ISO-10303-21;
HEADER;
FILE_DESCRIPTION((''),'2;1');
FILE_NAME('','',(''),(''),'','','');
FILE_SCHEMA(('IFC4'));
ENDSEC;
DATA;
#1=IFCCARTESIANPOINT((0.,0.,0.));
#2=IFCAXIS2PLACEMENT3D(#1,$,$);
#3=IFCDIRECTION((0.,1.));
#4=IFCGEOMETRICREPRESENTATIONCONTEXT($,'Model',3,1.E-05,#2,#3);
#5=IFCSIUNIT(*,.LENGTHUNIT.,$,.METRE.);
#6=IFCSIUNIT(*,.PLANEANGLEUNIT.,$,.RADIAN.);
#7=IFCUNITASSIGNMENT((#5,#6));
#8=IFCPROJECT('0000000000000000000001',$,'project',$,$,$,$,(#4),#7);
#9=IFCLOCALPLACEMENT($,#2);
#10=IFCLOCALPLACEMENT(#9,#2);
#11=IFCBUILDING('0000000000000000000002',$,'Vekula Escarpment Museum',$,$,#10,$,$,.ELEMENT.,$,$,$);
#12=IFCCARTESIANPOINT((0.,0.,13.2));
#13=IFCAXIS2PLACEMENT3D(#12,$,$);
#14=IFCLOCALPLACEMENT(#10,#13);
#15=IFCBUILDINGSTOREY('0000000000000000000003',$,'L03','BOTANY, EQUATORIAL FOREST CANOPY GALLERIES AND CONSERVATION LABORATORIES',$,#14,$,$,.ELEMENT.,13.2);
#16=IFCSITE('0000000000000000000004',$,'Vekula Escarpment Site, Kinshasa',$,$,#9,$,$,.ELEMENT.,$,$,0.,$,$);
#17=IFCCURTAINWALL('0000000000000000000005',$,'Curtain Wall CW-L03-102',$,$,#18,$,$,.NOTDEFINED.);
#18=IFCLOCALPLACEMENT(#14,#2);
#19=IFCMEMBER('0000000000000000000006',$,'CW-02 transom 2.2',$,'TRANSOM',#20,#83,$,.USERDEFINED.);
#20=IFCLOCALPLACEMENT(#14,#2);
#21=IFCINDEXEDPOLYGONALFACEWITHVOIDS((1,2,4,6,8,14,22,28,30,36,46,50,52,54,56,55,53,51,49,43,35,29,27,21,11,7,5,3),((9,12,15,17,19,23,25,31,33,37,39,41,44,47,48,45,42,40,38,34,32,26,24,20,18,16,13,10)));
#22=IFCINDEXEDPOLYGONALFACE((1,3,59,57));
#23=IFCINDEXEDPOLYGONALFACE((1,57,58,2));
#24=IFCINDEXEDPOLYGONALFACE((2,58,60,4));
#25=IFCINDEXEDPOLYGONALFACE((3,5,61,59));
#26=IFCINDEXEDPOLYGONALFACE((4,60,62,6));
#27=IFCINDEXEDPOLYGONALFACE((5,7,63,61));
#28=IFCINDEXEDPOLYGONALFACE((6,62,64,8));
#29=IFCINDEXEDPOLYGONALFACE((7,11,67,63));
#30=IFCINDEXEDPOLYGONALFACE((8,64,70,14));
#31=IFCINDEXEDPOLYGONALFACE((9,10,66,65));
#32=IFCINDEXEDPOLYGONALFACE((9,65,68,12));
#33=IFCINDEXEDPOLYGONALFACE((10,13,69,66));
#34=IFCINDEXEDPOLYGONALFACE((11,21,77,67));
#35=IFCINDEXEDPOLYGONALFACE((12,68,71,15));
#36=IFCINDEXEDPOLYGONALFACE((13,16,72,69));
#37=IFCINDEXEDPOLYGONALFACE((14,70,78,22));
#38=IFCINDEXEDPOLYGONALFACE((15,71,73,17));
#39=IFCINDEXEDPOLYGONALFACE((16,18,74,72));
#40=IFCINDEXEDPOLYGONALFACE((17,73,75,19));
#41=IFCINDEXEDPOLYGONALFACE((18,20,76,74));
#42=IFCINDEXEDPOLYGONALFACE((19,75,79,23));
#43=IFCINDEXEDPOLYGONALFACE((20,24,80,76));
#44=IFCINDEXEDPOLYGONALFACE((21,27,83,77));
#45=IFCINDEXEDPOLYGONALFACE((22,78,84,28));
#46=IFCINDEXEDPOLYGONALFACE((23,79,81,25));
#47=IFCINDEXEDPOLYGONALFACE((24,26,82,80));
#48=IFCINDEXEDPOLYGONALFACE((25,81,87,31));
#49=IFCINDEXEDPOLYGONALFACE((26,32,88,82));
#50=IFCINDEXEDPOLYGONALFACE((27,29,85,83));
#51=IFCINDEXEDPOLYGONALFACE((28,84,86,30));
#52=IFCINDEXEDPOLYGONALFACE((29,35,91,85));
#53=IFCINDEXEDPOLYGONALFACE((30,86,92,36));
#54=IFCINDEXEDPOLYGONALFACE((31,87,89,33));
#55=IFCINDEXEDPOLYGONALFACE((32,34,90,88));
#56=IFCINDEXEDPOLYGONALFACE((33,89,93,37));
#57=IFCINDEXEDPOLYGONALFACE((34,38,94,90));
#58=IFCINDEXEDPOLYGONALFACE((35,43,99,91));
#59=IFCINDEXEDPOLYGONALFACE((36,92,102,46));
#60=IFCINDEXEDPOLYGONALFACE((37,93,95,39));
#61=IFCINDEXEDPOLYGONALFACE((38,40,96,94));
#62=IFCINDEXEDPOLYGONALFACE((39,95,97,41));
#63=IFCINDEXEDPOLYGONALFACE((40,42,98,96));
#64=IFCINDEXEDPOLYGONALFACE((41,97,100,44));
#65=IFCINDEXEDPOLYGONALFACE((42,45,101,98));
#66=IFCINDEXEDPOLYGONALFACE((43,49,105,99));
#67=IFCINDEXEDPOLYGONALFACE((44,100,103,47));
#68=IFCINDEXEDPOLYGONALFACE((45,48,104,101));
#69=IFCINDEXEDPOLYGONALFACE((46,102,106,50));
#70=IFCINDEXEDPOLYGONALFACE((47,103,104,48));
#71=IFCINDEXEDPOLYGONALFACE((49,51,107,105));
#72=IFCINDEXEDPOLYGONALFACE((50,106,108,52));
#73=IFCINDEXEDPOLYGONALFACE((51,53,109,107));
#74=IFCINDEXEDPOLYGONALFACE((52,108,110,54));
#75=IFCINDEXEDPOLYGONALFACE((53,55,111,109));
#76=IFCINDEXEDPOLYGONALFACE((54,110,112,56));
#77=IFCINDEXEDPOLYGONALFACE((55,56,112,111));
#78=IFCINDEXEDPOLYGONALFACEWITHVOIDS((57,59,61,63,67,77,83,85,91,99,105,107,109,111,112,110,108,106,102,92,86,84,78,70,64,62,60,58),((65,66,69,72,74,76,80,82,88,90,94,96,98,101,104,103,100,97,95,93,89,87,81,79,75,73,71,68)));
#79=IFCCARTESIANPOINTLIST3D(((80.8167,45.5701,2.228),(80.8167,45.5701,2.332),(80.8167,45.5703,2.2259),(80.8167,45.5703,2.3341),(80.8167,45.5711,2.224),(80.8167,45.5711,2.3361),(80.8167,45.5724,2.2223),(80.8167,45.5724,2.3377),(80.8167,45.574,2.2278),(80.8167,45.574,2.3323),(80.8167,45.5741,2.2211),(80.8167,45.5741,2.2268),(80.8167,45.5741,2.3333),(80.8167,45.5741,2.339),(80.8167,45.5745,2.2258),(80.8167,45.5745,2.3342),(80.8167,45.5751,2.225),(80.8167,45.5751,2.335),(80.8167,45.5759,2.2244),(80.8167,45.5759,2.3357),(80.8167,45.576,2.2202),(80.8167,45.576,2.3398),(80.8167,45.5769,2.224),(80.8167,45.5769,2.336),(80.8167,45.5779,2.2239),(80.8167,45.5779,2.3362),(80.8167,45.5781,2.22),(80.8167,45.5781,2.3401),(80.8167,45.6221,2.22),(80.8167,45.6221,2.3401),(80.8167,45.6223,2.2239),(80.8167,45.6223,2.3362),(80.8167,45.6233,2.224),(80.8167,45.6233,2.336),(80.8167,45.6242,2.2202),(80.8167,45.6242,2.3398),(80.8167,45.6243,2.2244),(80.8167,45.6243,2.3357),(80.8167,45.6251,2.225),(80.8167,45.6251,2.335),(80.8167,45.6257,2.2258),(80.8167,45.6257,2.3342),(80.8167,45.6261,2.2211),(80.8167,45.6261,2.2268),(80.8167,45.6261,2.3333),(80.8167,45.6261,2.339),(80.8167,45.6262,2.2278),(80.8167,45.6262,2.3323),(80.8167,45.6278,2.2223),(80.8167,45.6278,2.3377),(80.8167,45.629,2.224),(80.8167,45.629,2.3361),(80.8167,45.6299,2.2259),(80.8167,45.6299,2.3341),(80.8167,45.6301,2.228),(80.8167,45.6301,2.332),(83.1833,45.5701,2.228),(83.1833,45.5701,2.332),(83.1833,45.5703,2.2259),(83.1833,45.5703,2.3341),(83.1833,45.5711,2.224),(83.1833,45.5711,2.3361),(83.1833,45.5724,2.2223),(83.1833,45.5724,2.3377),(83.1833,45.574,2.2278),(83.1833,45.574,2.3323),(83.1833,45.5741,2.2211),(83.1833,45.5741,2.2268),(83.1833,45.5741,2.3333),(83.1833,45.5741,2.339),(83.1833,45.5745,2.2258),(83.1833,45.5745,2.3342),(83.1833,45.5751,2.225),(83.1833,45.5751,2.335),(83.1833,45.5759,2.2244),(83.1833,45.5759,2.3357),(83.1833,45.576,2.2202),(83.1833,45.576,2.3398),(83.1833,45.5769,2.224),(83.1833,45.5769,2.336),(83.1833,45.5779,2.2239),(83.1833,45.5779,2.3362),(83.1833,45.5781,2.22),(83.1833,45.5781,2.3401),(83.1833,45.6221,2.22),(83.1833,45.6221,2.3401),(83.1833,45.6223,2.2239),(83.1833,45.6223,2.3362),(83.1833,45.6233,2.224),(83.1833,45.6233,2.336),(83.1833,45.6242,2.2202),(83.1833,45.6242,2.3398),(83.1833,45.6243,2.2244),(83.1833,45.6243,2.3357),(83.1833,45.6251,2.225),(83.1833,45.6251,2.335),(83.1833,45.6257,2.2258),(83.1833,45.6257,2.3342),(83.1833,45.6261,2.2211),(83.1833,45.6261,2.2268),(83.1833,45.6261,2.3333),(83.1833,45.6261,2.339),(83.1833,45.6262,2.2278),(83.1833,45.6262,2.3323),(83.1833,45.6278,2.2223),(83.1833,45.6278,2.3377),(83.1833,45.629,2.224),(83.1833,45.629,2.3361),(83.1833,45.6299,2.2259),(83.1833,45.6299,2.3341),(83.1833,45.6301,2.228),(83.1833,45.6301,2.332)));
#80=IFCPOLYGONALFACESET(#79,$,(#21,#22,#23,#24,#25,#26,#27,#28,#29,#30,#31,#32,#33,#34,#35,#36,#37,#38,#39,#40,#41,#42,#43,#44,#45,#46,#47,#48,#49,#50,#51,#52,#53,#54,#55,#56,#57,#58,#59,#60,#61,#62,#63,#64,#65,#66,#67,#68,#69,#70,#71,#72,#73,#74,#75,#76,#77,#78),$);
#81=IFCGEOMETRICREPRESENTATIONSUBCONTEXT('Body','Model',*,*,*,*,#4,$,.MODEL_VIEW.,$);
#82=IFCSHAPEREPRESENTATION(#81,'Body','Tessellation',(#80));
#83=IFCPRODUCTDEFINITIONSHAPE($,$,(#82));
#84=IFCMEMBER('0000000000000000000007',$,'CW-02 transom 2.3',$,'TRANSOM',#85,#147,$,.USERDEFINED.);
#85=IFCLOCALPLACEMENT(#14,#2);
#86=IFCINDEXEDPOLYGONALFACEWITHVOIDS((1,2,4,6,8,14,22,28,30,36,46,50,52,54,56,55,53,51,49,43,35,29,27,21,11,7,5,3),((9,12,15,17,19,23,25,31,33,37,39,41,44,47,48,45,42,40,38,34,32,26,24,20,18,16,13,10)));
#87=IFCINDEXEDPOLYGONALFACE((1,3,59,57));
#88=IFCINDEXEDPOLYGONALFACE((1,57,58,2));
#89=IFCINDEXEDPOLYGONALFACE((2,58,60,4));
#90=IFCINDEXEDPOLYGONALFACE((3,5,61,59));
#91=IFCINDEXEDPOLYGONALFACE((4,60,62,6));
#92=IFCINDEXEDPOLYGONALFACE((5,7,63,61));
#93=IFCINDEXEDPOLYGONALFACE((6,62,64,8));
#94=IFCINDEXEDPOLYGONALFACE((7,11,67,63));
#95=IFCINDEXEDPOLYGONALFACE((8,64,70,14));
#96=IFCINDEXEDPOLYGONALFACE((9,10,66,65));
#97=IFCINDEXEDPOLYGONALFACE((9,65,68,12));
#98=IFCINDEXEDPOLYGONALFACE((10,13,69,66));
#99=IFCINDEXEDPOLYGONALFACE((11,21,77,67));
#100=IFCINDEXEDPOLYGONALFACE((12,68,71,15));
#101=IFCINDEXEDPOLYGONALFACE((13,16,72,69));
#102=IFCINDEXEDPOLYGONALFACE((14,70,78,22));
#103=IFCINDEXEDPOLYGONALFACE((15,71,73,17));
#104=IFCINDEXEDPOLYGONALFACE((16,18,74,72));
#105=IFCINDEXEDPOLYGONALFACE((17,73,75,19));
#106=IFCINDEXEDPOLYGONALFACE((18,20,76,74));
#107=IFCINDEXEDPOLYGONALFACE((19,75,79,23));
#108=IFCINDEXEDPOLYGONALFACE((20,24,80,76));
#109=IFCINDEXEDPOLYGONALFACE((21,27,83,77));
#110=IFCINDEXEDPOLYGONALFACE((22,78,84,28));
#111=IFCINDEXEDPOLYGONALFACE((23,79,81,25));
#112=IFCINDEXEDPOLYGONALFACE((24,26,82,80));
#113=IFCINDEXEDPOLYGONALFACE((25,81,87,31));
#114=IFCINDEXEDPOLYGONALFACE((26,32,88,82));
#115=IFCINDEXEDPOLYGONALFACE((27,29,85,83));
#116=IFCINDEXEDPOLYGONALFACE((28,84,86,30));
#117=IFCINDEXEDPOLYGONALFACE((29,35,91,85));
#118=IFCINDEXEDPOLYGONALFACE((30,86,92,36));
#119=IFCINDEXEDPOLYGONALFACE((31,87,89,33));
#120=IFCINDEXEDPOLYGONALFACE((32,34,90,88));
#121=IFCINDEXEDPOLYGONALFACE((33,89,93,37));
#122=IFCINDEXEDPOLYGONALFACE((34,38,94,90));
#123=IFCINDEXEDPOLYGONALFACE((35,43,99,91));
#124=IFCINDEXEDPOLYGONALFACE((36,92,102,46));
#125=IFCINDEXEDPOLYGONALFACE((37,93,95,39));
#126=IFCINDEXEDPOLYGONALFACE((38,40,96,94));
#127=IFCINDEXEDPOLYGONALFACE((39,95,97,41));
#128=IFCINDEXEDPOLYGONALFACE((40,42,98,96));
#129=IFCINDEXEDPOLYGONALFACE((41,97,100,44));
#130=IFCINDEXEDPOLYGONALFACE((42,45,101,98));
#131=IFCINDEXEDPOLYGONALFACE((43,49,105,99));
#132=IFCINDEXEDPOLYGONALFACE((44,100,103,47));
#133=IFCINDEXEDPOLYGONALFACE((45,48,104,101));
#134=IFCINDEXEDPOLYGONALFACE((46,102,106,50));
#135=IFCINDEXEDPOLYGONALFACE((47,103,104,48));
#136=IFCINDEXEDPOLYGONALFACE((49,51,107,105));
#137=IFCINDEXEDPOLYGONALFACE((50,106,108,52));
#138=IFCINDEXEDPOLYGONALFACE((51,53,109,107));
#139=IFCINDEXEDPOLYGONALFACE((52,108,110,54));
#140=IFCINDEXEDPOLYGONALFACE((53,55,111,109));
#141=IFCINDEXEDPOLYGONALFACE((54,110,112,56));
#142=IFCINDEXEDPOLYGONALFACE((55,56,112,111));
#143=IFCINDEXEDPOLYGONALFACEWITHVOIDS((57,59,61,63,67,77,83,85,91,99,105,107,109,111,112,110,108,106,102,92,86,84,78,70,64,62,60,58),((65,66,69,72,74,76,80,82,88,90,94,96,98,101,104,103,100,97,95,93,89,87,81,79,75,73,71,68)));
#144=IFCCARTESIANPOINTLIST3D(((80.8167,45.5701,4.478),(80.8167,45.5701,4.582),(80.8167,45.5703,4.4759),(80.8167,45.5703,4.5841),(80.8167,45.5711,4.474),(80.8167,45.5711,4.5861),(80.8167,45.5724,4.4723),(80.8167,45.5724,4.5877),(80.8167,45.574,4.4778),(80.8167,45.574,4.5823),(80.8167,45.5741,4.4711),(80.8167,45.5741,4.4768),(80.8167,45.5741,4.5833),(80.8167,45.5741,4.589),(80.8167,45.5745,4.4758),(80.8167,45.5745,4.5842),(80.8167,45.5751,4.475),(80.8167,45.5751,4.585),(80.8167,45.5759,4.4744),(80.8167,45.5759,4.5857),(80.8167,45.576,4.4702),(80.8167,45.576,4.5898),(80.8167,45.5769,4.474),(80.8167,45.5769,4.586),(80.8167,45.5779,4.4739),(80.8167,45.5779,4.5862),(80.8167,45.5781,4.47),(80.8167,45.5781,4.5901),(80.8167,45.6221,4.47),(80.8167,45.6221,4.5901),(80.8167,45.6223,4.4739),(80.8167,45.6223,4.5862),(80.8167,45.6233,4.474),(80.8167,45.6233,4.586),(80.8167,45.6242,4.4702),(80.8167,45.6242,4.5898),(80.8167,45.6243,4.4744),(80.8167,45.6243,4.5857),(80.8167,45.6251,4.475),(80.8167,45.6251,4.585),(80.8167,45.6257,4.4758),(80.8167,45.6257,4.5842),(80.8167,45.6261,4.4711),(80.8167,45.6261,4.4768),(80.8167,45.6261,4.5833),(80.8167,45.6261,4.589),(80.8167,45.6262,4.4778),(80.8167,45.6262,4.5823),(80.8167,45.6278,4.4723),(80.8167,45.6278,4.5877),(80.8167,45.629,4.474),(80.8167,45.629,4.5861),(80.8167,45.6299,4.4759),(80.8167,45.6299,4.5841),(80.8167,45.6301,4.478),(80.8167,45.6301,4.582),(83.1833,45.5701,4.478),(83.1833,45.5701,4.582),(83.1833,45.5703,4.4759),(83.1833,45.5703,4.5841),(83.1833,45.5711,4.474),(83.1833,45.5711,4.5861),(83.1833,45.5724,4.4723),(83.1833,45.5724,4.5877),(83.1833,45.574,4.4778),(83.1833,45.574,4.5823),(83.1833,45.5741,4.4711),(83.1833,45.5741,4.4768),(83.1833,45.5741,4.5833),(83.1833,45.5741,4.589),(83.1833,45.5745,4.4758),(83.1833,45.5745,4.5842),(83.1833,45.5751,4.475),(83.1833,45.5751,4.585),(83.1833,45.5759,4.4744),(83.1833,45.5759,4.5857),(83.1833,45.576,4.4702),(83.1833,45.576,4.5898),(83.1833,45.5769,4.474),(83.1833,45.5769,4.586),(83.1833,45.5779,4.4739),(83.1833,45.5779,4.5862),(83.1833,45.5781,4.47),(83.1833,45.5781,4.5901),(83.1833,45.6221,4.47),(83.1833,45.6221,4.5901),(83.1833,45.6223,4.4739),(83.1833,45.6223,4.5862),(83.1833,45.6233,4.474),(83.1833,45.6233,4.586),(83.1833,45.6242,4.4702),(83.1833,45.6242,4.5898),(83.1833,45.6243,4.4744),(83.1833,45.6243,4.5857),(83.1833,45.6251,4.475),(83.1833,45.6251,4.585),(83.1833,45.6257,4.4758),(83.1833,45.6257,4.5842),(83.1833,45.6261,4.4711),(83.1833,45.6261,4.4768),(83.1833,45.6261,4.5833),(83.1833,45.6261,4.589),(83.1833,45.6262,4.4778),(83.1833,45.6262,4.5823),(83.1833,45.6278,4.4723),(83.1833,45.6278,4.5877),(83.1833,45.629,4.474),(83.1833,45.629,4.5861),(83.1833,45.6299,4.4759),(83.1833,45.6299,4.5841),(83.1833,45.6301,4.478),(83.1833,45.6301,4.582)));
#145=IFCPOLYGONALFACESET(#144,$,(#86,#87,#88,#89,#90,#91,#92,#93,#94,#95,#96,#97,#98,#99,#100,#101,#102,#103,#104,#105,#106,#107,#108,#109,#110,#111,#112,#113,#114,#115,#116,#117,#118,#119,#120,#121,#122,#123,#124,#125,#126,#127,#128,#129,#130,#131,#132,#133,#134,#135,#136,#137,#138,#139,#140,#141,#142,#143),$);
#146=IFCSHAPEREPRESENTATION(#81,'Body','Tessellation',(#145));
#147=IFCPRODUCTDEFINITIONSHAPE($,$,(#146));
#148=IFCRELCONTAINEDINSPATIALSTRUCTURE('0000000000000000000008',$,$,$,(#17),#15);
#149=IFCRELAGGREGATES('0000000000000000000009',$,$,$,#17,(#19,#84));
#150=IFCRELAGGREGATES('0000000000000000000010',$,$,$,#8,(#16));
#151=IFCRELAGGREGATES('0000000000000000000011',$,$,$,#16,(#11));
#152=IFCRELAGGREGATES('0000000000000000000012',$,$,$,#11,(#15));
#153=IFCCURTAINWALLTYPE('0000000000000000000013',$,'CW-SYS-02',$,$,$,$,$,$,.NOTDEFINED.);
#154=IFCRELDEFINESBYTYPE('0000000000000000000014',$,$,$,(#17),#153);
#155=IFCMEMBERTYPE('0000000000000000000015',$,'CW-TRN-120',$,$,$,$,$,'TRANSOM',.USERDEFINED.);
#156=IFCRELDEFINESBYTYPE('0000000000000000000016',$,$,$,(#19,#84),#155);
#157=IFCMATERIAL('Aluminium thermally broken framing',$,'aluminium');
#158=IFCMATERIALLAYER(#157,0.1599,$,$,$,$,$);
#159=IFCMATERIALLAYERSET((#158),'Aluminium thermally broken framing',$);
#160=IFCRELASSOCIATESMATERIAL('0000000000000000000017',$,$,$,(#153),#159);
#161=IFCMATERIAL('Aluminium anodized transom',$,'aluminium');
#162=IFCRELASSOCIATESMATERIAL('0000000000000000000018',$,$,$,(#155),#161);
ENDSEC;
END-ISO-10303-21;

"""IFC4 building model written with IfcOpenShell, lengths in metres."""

from ifc_helpers import new_model, si_unit, direction, frame, origin, origin_2d, place, context, subcontext, project, spatial, hollow_rectangle, extrude, material, layer, layer_set, material_profile, profile_set, type_object, element, aggregate, save


model = new_model("IFC4")

# Units and contexts
model_context = context("Model", 3, precision=1e-05, world=origin(), true_north=direction((0.0, 1.0)))
body_context = subcontext(model_context, "Body", "Model", "MODEL_VIEW")
ifc_project = project(units=[si_unit("LENGTHUNIT", "METRE"), si_unit("PLANEANGLEUNIT", "RADIAN")], contexts=[model_context])

# Site, building, storey
site_placement = place(None, origin())
site = spatial("IfcSite", under=ifc_project, at=site_placement, Name="Vekula Escarpment Site, Kinshasa", CompositionType="ELEMENT", RefElevation=0.0)
building_placement = place(site_placement, origin())
building = spatial("IfcBuilding", under=site, at=building_placement, Name="Vekula Escarpment Museum", CompositionType="ELEMENT")
storey_placement = place(building_placement, frame((0.0, 0.0, 13.2)))
storey = spatial("IfcBuildingStorey", under=building, at=storey_placement, Name="L03", Description="BOTANY, EQUATORIAL FOREST CANOPY GALLERIES AND CONSERVATION LABORATORIES", CompositionType="ELEMENT", Elevation=13.2)

# Curtain wall
ifc_material_1 = material(Name="Aluminium thermally broken framing", Category="aluminium")
ifc_layer_1 = layer(ifc_material_1, 0.1599)
ifc_layer_set_1 = layer_set([ifc_layer_1], Name="Aluminium thermally broken framing")
curtain_wall_type_1 = type_object("IfcCurtainWallType", Name="CW-SYS-02", PredefinedType="NOTDEFINED", material=ifc_layer_set_1)
curtain_wall_1_placement = place(storey_placement, origin())
curtain_wall_1 = element("IfcCurtainWall", 1, at=curtain_wall_1_placement, inside=storey, type_object=curtain_wall_type_1, Name="Curtain Wall CW-L03-102", PredefinedType="NOTDEFINED")

# Members
ifc_material_2 = material(Name="Aluminium anodized transom", Category="aluminium")
ifc_material_profile_1 = material_profile(ifc_material_2, hollow_rectangle(XDim=0.0601, YDim=0.1201, WallThickness=0.0039, InnerFilletRadius=0.0039, OuterFilletRadius=0.0081, at=origin_2d()), Name="ALU 120x60x4")
ifc_profile_set_1 = profile_set([ifc_material_profile_1], Name="Aluminium anodized transom")
member_type_1 = type_object("IfcMemberType", Name="CW-TRN-120", ElementType="TRANSOM", PredefinedType="USERDEFINED", material=ifc_profile_set_1)
member_1_placement = place(storey_placement, frame((80.8167, 45.6001, 2.28), z_axis=(1.0, 0.0, 0.0), x_axis=(0.0, 1.0, 0.0)))
member_1 = element("IfcMember", 2, at=member_1_placement, type_object=member_type_1, Name="CW-02 transom 2.2", ObjectType="TRANSOM", PredefinedType="USERDEFINED", context=body_context, shape_type="SweptSolid", body=[
    extrude(hollow_rectangle(XDim=0.0601, YDim=0.1201, WallThickness=0.0039, InnerFilletRadius=0.0039, OuterFilletRadius=0.0081, at=origin_2d()), origin(), (0.0, 0.0, 1.0), 2.3667),
])
member_2_placement = place(storey_placement, frame((80.8167, 45.6001, 4.53), z_axis=(1.0, 0.0, 0.0), x_axis=(0.0, 1.0, 0.0)))
member_2 = element("IfcMember", 3, at=member_2_placement, type_object=member_type_1, Name="CW-02 transom 2.3", ObjectType="TRANSOM", PredefinedType="USERDEFINED", context=body_context, shape_type="SweptSolid", body=[
    extrude(hollow_rectangle(XDim=0.0601, YDim=0.1201, WallThickness=0.0039, InnerFilletRadius=0.0039, OuterFilletRadius=0.0081, at=origin_2d()), origin(), (0.0, 0.0, 1.0), 2.3667),
])

aggregate(curtain_wall_1, [member_1, member_2])

save(model, "model.ifc")
